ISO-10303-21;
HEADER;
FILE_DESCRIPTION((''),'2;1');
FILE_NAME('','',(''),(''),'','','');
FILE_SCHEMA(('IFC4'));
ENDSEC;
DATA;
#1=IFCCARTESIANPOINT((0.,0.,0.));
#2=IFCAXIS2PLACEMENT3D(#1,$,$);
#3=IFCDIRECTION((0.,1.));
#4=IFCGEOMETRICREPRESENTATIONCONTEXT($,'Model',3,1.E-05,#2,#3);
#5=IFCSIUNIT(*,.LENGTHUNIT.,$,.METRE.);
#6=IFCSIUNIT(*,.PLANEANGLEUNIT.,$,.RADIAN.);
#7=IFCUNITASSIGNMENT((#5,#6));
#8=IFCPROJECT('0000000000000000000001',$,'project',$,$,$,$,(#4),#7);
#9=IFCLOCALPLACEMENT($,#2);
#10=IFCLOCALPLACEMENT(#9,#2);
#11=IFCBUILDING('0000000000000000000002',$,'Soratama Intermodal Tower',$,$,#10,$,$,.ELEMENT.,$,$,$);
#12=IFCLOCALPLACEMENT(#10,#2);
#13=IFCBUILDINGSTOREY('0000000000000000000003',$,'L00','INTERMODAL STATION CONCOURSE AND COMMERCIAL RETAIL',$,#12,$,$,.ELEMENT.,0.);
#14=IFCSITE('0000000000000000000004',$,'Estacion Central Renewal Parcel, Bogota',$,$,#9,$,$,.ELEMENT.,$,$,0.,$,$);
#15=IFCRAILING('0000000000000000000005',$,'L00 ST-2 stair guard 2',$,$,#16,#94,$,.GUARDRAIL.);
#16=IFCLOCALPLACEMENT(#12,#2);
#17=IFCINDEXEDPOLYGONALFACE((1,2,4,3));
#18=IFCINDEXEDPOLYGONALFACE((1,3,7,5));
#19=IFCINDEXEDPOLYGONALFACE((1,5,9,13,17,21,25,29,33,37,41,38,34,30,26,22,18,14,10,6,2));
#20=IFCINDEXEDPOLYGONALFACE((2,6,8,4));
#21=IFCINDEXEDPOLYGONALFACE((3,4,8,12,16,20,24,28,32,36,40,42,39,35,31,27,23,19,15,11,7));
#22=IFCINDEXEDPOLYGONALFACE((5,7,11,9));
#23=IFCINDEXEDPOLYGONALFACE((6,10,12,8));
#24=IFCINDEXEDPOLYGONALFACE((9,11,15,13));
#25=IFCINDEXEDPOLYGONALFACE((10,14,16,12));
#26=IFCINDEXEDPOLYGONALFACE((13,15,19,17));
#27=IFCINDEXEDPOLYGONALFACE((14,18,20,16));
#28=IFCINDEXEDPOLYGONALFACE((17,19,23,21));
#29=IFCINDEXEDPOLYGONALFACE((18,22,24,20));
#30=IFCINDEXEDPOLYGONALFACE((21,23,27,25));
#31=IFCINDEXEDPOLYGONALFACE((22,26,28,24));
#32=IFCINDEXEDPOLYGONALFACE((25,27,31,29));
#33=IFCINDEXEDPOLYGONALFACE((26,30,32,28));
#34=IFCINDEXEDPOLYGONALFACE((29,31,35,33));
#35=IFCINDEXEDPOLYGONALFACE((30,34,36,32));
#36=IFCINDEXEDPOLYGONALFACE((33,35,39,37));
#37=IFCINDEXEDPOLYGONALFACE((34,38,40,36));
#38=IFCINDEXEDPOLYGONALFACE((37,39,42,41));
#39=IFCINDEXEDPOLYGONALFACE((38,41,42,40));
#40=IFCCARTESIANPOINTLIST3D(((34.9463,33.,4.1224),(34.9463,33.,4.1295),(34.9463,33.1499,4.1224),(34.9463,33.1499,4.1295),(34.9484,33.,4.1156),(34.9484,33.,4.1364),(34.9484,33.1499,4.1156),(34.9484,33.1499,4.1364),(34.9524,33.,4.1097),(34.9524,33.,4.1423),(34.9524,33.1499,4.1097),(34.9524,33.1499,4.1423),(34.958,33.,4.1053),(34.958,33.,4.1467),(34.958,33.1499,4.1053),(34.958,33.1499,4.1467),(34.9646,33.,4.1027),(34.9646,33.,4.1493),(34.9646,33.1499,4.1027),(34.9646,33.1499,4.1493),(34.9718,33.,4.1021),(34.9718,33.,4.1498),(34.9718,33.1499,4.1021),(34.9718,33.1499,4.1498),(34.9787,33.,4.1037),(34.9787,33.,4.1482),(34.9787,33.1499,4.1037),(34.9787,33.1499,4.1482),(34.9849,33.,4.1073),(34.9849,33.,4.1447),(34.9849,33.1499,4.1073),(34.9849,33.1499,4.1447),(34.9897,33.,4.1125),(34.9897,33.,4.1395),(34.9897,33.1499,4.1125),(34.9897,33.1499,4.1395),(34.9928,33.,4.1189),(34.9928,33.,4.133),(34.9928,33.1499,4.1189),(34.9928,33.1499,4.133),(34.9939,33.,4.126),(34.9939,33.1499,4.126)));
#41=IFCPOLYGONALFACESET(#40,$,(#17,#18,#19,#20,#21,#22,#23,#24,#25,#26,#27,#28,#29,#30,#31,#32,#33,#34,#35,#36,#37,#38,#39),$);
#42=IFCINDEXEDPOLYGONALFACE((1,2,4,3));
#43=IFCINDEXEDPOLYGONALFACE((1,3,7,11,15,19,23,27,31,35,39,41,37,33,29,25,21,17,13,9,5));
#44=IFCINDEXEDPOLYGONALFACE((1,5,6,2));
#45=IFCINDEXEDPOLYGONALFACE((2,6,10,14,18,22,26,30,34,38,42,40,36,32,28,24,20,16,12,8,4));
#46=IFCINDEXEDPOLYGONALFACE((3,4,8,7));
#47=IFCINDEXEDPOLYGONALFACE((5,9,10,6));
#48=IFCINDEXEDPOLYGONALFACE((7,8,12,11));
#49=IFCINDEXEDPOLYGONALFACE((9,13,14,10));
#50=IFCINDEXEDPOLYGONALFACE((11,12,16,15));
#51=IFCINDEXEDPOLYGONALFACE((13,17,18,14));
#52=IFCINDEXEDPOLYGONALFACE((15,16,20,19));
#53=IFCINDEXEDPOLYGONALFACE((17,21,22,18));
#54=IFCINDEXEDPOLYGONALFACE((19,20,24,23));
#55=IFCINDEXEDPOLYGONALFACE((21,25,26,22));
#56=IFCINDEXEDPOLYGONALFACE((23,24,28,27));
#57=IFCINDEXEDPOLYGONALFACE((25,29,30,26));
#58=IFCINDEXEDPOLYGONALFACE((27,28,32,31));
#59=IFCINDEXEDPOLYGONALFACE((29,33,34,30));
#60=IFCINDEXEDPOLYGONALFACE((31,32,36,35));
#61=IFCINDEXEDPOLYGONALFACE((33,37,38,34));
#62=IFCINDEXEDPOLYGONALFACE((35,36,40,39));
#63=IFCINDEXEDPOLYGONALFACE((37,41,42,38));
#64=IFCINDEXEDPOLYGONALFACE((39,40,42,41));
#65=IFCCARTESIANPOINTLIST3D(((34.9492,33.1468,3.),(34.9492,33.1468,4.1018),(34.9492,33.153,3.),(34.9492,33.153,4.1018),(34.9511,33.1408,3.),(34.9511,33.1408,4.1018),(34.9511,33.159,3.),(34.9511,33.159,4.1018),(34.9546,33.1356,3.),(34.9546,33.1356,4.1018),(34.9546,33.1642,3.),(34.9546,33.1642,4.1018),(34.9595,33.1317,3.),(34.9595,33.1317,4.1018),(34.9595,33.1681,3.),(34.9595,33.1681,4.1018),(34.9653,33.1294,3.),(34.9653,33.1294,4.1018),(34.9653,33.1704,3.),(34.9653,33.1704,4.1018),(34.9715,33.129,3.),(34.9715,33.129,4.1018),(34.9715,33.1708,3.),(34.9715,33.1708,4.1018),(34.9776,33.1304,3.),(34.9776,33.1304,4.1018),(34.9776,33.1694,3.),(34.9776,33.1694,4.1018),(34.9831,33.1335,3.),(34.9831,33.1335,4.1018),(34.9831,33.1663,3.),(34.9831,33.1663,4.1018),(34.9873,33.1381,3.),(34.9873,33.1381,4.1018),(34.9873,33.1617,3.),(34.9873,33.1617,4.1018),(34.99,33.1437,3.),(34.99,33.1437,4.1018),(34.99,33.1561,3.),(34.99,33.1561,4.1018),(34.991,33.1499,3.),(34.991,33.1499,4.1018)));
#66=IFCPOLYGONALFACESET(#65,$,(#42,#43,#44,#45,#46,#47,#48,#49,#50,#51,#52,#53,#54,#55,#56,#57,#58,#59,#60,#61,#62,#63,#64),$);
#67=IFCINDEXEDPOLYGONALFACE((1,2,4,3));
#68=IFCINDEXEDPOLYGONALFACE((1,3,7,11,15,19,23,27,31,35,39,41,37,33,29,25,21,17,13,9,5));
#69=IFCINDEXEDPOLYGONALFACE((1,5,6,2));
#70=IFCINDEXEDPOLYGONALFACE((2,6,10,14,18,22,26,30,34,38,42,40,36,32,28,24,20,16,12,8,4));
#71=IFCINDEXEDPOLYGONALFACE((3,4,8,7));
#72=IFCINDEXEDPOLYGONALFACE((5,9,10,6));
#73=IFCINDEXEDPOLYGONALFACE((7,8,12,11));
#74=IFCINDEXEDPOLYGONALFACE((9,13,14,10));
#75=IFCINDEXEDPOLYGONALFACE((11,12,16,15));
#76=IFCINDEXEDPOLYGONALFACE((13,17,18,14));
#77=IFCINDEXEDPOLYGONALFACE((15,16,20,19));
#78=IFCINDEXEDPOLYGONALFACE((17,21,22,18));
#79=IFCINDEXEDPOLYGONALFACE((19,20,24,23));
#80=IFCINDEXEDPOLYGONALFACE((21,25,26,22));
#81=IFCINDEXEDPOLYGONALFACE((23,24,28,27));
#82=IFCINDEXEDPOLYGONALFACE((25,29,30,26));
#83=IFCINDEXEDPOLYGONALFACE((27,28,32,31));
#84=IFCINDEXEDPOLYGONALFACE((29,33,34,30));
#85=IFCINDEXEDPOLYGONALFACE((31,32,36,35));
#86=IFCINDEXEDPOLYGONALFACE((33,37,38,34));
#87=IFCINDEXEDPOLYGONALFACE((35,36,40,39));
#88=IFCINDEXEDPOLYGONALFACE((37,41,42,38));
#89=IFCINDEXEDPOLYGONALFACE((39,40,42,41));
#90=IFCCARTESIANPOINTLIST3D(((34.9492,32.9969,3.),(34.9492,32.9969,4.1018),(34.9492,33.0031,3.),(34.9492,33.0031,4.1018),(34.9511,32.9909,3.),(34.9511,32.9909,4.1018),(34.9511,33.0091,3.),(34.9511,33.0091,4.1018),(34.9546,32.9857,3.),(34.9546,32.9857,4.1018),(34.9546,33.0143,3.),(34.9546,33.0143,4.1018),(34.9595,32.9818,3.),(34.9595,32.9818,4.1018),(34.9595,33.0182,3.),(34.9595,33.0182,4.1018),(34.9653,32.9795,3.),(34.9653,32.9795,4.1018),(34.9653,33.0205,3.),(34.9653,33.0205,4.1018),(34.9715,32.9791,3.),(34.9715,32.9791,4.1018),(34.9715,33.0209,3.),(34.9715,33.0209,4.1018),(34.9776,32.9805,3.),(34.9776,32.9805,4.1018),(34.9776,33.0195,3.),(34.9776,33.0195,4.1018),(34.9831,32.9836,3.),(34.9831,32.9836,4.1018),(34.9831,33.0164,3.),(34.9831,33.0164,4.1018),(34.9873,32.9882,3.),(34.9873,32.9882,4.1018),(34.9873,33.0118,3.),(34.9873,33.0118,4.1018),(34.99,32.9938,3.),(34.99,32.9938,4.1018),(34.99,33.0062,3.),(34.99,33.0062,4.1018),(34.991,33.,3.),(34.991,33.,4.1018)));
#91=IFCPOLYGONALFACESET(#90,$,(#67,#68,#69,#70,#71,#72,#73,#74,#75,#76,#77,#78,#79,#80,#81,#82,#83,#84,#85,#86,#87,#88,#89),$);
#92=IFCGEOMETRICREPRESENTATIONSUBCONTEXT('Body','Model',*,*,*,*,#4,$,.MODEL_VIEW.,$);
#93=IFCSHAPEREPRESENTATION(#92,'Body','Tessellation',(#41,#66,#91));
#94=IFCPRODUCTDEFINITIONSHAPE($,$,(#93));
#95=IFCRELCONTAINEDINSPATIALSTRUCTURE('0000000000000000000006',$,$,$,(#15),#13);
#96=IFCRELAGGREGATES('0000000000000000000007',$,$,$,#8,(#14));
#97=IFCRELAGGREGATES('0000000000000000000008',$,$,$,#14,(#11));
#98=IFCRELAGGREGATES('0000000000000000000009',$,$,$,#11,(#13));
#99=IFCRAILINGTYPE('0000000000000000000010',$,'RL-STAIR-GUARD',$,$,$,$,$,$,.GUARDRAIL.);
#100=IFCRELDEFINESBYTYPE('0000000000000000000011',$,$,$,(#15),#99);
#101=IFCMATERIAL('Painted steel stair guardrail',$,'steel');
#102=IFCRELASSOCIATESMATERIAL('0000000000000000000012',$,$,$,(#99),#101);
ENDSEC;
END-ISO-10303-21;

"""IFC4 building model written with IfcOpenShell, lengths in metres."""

from ifc_helpers import new_model, si_unit, direction, frame, origin, origin_2d, place, context, subcontext, project, spatial, circle, extrude, material, type_object, element, save


model = new_model("IFC4")

# Units and contexts
model_context = context("Model", 3, precision=1e-05, world=origin(), true_north=direction((0.0, 1.0)))
body_context = subcontext(model_context, "Body", "Model", "MODEL_VIEW")
ifc_project = project(units=[si_unit("LENGTHUNIT", "METRE"), si_unit("PLANEANGLEUNIT", "RADIAN")], contexts=[model_context])

# Site, building, storey
site_placement = place(None, origin())
site = spatial("IfcSite", under=ifc_project, at=site_placement, Name="Estacion Central Renewal Parcel, Bogota", CompositionType="ELEMENT", RefElevation=0.0)
building_placement = place(site_placement, origin())
building = spatial("IfcBuilding", under=site, at=building_placement, Name="Soratama Intermodal Tower", CompositionType="ELEMENT")
storey_placement = place(building_placement, origin())
storey = spatial("IfcBuildingStorey", under=building, at=storey_placement, Name="L00", Description="INTERMODAL STATION CONCOURSE AND COMMERCIAL RETAIL", CompositionType="ELEMENT", Elevation=0.0)

# Railing
ifc_material_1 = material(Name="Painted steel stair guardrail", Category="steel")
railing_type_1 = type_object("IfcRailingType", Name="RL-STAIR-GUARD", PredefinedType="GUARDRAIL", material=ifc_material_1)
railing_1_placement = place(storey_placement, frame((34.97, 33.1499, 3.0)))
element("IfcRailing", 1, at=railing_1_placement, inside=storey, type_object=railing_type_1, Name="L00 ST-2 stair guard 2", PredefinedType="GUARDRAIL", context=body_context, shape_type="SweptSolid", body=[
    extrude(circle(Radius=0.0239, at=origin_2d()), frame((0.0, 0.0, 1.126), z_axis=(0.0, -1.0, 0.0), x_axis=(1.0, 0.0, 0.0)), (0.0, 0.0, 1.0), 0.1499),
    extrude(circle(Radius=0.021, at=origin_2d()), origin(), (0.0, 0.0, 1.0), 1.1018),
    extrude(circle(Radius=0.021, at=origin_2d()), frame((0.0, -0.1499, 0.0)), (0.0, 0.0, 1.0), 1.1018),
])

save(model, "model.ifc")
